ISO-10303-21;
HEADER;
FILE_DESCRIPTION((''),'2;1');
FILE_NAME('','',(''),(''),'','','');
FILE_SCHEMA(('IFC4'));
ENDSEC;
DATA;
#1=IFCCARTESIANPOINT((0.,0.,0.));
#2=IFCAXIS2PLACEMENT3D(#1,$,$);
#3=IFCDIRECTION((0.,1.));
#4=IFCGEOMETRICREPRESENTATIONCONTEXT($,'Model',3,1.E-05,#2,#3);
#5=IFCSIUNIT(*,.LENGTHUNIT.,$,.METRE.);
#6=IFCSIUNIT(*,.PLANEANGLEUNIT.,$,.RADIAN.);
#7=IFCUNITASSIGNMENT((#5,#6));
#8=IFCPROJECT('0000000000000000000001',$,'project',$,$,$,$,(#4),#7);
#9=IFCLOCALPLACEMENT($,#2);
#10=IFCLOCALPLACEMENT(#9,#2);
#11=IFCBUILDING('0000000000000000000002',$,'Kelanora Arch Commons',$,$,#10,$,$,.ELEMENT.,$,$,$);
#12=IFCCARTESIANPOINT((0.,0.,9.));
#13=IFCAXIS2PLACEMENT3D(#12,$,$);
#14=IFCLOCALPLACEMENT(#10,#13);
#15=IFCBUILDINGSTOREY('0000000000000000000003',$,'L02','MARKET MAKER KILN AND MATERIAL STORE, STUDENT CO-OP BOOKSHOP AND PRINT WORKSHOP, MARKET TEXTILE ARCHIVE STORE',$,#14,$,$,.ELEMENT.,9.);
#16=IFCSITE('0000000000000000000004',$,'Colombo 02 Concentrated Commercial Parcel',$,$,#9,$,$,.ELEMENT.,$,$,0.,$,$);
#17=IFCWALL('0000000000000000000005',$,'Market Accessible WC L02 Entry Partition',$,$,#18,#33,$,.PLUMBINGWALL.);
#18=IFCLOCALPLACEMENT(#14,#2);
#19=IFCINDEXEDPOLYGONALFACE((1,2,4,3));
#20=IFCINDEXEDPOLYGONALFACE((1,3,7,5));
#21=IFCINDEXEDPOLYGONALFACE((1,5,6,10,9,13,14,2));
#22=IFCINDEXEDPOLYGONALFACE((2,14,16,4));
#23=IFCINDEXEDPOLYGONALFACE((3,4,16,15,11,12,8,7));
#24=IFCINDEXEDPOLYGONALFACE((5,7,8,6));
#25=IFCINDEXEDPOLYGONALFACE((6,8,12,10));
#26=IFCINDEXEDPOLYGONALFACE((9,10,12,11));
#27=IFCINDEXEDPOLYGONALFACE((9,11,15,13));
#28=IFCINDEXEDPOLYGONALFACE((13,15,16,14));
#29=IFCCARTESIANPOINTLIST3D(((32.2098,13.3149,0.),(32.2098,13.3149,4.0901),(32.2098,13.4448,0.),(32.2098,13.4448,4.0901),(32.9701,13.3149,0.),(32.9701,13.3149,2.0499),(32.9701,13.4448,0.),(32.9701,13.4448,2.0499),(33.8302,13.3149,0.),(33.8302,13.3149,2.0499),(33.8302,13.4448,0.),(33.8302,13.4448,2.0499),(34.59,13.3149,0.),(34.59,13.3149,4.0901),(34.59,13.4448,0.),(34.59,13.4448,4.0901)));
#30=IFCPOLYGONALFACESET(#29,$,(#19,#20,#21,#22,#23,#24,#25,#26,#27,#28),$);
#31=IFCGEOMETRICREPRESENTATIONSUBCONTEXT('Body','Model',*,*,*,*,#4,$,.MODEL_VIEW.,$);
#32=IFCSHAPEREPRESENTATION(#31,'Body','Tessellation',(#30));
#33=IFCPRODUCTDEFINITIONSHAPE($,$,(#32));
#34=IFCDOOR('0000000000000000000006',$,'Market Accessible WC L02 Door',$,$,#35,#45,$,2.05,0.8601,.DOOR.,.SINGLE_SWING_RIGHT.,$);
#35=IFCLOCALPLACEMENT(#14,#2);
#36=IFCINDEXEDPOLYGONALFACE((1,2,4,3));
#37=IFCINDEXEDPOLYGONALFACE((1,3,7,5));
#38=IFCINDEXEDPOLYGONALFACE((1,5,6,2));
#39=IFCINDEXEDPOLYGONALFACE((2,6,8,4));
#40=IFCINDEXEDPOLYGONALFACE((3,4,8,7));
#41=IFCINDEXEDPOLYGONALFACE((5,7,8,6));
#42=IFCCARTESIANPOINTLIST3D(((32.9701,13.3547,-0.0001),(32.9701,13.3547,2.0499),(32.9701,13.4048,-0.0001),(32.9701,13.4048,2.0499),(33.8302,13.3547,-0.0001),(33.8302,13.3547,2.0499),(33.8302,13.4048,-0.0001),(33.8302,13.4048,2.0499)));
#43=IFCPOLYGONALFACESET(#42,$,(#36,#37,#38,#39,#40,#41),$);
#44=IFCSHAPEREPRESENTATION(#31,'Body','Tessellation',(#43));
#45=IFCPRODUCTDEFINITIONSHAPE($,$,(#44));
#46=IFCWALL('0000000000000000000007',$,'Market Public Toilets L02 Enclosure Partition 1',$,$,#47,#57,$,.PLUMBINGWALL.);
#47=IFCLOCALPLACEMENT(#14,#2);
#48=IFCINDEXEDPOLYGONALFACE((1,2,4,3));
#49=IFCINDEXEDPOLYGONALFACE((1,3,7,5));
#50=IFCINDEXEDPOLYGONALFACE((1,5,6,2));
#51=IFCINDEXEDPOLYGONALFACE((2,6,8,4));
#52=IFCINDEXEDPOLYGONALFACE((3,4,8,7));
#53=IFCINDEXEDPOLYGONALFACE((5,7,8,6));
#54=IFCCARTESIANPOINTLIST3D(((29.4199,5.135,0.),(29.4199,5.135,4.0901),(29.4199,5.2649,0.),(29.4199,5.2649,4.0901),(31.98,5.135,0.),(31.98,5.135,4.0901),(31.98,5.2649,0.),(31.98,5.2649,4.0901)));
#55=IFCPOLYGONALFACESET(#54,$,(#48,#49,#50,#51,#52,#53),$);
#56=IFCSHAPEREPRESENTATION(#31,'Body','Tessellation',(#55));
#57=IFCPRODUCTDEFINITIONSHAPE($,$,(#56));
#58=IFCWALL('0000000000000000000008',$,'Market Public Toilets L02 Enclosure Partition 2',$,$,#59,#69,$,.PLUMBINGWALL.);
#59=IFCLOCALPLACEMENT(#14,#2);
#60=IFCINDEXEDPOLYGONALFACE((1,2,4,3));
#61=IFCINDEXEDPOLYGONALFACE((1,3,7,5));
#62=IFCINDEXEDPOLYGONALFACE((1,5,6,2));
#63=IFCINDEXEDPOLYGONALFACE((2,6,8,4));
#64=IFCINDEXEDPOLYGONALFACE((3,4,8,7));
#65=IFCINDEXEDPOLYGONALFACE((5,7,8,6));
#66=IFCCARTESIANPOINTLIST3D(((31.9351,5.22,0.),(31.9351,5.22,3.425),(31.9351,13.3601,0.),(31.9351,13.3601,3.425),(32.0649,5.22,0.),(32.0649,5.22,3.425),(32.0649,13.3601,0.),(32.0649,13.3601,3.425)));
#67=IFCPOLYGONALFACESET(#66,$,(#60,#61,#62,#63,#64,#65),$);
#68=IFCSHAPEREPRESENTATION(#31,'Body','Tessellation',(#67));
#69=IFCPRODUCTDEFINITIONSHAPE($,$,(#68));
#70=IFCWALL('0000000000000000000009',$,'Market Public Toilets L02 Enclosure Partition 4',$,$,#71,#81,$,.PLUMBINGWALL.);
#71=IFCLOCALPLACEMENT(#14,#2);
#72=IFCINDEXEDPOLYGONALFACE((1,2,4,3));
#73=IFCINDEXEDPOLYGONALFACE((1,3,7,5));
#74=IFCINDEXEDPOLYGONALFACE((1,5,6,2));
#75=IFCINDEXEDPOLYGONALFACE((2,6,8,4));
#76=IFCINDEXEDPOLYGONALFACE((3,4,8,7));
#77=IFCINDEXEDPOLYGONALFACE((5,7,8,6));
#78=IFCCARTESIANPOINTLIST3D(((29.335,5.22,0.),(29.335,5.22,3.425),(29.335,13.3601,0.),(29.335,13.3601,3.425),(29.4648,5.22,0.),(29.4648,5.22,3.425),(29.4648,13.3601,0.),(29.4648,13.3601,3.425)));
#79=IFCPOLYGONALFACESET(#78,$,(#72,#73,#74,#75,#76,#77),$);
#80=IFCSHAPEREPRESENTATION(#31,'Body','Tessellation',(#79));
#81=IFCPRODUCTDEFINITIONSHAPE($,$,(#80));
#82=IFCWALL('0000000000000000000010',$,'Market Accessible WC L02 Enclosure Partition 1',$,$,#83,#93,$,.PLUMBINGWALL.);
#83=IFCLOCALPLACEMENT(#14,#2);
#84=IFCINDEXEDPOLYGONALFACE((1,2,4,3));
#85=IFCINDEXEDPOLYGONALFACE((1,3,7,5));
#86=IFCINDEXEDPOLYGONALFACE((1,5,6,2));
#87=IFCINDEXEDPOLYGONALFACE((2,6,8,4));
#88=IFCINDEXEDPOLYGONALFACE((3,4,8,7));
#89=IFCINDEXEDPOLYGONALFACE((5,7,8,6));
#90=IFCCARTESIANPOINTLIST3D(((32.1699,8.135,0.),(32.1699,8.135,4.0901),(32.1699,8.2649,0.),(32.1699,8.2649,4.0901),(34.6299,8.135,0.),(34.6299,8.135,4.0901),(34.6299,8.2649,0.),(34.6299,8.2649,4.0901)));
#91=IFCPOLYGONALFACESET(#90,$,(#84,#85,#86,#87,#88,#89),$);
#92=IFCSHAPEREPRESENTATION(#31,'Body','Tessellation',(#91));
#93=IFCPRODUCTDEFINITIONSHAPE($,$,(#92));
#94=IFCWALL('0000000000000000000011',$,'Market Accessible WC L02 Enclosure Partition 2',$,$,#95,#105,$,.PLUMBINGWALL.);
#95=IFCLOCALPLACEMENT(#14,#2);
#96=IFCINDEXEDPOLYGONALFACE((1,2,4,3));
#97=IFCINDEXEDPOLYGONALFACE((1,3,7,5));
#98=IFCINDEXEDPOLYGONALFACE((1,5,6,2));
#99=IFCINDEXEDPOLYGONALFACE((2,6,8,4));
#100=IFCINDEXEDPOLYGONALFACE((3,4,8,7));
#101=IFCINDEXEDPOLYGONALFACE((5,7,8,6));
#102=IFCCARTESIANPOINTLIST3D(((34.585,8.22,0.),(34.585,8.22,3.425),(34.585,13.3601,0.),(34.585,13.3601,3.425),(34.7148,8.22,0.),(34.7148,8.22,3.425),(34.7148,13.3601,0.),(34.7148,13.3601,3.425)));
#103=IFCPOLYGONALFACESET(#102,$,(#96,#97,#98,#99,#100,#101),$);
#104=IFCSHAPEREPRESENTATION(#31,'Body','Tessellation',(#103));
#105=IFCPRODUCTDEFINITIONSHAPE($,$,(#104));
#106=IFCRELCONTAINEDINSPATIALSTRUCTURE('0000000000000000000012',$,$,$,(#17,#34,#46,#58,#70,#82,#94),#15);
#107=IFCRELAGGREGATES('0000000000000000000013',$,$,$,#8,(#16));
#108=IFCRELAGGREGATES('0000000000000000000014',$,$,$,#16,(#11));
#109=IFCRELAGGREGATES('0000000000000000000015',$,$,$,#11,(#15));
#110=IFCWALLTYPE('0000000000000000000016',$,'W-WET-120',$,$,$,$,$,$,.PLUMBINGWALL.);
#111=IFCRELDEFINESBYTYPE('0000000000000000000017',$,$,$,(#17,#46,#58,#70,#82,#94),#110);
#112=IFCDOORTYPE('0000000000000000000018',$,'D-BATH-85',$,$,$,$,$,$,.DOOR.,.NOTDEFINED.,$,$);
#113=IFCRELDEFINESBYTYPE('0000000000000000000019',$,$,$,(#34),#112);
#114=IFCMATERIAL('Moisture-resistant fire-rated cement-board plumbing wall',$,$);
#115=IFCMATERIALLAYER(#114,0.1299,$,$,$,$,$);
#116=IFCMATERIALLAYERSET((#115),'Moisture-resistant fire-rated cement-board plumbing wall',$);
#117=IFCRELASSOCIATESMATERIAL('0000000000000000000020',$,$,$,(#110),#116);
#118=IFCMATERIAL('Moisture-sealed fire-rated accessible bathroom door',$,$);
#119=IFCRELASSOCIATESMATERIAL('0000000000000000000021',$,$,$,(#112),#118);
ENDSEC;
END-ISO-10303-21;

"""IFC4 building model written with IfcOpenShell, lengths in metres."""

from ifc_helpers import new_model, si_unit, direction, frame, frame_2d, origin, place, context, subcontext, project, spatial, rectangle, extrude, material, layer, layer_set, type_object, element, fill, save


model = new_model("IFC4")

# Units and contexts
model_context = context("Model", 3, precision=1e-05, world=origin(), true_north=direction((0.0, 1.0)))
body_context = subcontext(model_context, "Body", "Model", "MODEL_VIEW")
ifc_project = project(units=[si_unit("LENGTHUNIT", "METRE"), si_unit("PLANEANGLEUNIT", "RADIAN")], contexts=[model_context])

# Site, building, storey
site_placement = place(None, origin())
site = spatial("IfcSite", under=ifc_project, at=site_placement, Name="Colombo 02 Concentrated Commercial Parcel", CompositionType="ELEMENT", RefElevation=0.0)
building_placement = place(site_placement, origin())
building = spatial("IfcBuilding", under=site, at=building_placement, Name="Kelanora Arch Commons", CompositionType="ELEMENT")
storey_placement = place(building_placement, frame((0.0, 0.0, 9.0)))
storey = spatial("IfcBuildingStorey", under=building, at=storey_placement, Name="L02", Description="MARKET MAKER KILN AND MATERIAL STORE, STUDENT CO-OP BOOKSHOP AND PRINT WORKSHOP, MARKET TEXTILE ARCHIVE STORE", CompositionType="ELEMENT", Elevation=9.0)

# Wall, opening, door
ifc_material_1 = material(Name="Moisture-resistant fire-rated cement-board plumbing wall")
ifc_layer_1 = layer(ifc_material_1, 0.1299)
ifc_layer_set_1 = layer_set([ifc_layer_1], Name="Moisture-resistant fire-rated cement-board plumbing wall")
wall_type_1 = type_object("IfcWallType", Name="W-WET-120", PredefinedType="PLUMBINGWALL", material=ifc_layer_set_1)
ifc_material_2 = material(Name="Moisture-sealed fire-rated accessible bathroom door")
door_type_1 = type_object("IfcDoorType", Name="D-BATH-85", OperationType="NOTDEFINED", PredefinedType="DOOR", material=ifc_material_2)
wall_1_placement = place(storey_placement, frame((32.21, 13.3799, 0.0), z_axis=(0.0, 0.0, 1.0), x_axis=(1.0, 0.0, 0.0)))
wall_1 = element("IfcWall", 1, at=wall_1_placement, inside=storey, type_object=wall_type_1, Name="Market Accessible WC L02 Entry Partition", PredefinedType="PLUMBINGWALL", context=body_context, shape_type="SweptSolid", body=[
    extrude(rectangle(XDim=2.3801, YDim=0.1299, at=frame_2d((1.1899, 0.0))), origin(), (0.0, 0.0, 1.0), 4.0901),
])
opening_1_placement = place(wall_1_placement, frame((0.76, 0.0, 0.0)))
opening_1 = element("IfcOpeningElement", 2, at=opening_1_placement, cuts=wall_1, PredefinedType="OPENING", context=body_context, shape_type="SweptSolid", body=[
    extrude(rectangle(XDim=0.8601, YDim=2.05, at=frame_2d((0.4302, 1.0249))), frame((0.0, 0.075, 0.0), z_axis=(0.0, -1.0, 0.0), x_axis=(1.0, 0.0, 0.0)), (0.0, 0.0, 1.0), 0.1499),
])
door_1_placement = place(opening_1_placement, origin())
door_1 = element("IfcDoor", 3, at=door_1_placement, inside=storey, type_object=door_type_1, Name="Market Accessible WC L02 Door", OperationType="SINGLE_SWING_RIGHT", OverallHeight=2.05, OverallWidth=0.8601, PredefinedType="DOOR", context=body_context, shape_type="SweptSolid", body=[
    extrude(rectangle(XDim=0.8601, YDim=2.05, at=frame_2d((0.4302, 1.0249))), frame((0.0, 0.0249, 0.0), z_axis=(0.0, -1.0, 0.0), x_axis=(1.0, 0.0, 0.0)), (0.0, 0.0, 1.0), 0.05),
])
fill(opening_1, door_1)

# Walls
wall_2_placement = place(storey_placement, frame((29.4199, 5.2, 0.0), z_axis=(0.0, 0.0, 1.0), x_axis=(1.0, 0.0, 0.0)))
element("IfcWall", 4, at=wall_2_placement, inside=storey, type_object=wall_type_1, Name="Market Public Toilets L02 Enclosure Partition 1", PredefinedType="PLUMBINGWALL", context=body_context, shape_type="SweptSolid", body=[
    extrude(rectangle(XDim=2.5601, YDim=0.1299, at=frame_2d((1.28, 0.0))), origin(), (0.0, 0.0, 1.0), 4.0901),
])
for number, where, z_axis, x_axis, name in (
    (5, (32.0, 5.22, 0.0), (0.0, 0.0, 1.0), (0.0, 1.0, 0.0), "Market Public Toilets L02 Enclosure Partition 2"),
    (6, (29.3999, 13.3601, 0.0), (0.0, 0.0, 1.0), (0.0, -1.0, 0.0), "Market Public Toilets L02 Enclosure Partition 4"),
):
    element("IfcWall", number, at=place(storey_placement, frame(where, z_axis=z_axis, x_axis=x_axis)), inside=storey, type_object=wall_type_1, Name=name, PredefinedType="PLUMBINGWALL", context=body_context, shape_type="SweptSolid", body=[
        extrude(rectangle(XDim=8.1401, YDim=0.1299, at=frame_2d((4.0701, 0.0))), origin(), (0.0, 0.0, 1.0), 3.425),
    ])
wall_3_placement = place(storey_placement, frame((32.1699, 8.2, 0.0), z_axis=(0.0, 0.0, 1.0), x_axis=(1.0, 0.0, 0.0)))
element("IfcWall", 7, at=wall_3_placement, inside=storey, type_object=wall_type_1, Name="Market Accessible WC L02 Enclosure Partition 1", PredefinedType="PLUMBINGWALL", context=body_context, shape_type="SweptSolid", body=[
    extrude(rectangle(XDim=2.46, YDim=0.1299, at=frame_2d((1.23, 0.0))), origin(), (0.0, 0.0, 1.0), 4.0901),
])
wall_4_placement = place(storey_placement, frame((34.6499, 8.22, 0.0), z_axis=(0.0, 0.0, 1.0), x_axis=(0.0, 1.0, 0.0)))
element("IfcWall", 8, at=wall_4_placement, inside=storey, type_object=wall_type_1, Name="Market Accessible WC L02 Enclosure Partition 2", PredefinedType="PLUMBINGWALL", context=body_context, shape_type="SweptSolid", body=[
    extrude(rectangle(XDim=5.1401, YDim=0.1299, at=frame_2d((2.5701, 0.0))), origin(), (0.0, 0.0, 1.0), 3.425),
])

save(model, "model.ifc")
